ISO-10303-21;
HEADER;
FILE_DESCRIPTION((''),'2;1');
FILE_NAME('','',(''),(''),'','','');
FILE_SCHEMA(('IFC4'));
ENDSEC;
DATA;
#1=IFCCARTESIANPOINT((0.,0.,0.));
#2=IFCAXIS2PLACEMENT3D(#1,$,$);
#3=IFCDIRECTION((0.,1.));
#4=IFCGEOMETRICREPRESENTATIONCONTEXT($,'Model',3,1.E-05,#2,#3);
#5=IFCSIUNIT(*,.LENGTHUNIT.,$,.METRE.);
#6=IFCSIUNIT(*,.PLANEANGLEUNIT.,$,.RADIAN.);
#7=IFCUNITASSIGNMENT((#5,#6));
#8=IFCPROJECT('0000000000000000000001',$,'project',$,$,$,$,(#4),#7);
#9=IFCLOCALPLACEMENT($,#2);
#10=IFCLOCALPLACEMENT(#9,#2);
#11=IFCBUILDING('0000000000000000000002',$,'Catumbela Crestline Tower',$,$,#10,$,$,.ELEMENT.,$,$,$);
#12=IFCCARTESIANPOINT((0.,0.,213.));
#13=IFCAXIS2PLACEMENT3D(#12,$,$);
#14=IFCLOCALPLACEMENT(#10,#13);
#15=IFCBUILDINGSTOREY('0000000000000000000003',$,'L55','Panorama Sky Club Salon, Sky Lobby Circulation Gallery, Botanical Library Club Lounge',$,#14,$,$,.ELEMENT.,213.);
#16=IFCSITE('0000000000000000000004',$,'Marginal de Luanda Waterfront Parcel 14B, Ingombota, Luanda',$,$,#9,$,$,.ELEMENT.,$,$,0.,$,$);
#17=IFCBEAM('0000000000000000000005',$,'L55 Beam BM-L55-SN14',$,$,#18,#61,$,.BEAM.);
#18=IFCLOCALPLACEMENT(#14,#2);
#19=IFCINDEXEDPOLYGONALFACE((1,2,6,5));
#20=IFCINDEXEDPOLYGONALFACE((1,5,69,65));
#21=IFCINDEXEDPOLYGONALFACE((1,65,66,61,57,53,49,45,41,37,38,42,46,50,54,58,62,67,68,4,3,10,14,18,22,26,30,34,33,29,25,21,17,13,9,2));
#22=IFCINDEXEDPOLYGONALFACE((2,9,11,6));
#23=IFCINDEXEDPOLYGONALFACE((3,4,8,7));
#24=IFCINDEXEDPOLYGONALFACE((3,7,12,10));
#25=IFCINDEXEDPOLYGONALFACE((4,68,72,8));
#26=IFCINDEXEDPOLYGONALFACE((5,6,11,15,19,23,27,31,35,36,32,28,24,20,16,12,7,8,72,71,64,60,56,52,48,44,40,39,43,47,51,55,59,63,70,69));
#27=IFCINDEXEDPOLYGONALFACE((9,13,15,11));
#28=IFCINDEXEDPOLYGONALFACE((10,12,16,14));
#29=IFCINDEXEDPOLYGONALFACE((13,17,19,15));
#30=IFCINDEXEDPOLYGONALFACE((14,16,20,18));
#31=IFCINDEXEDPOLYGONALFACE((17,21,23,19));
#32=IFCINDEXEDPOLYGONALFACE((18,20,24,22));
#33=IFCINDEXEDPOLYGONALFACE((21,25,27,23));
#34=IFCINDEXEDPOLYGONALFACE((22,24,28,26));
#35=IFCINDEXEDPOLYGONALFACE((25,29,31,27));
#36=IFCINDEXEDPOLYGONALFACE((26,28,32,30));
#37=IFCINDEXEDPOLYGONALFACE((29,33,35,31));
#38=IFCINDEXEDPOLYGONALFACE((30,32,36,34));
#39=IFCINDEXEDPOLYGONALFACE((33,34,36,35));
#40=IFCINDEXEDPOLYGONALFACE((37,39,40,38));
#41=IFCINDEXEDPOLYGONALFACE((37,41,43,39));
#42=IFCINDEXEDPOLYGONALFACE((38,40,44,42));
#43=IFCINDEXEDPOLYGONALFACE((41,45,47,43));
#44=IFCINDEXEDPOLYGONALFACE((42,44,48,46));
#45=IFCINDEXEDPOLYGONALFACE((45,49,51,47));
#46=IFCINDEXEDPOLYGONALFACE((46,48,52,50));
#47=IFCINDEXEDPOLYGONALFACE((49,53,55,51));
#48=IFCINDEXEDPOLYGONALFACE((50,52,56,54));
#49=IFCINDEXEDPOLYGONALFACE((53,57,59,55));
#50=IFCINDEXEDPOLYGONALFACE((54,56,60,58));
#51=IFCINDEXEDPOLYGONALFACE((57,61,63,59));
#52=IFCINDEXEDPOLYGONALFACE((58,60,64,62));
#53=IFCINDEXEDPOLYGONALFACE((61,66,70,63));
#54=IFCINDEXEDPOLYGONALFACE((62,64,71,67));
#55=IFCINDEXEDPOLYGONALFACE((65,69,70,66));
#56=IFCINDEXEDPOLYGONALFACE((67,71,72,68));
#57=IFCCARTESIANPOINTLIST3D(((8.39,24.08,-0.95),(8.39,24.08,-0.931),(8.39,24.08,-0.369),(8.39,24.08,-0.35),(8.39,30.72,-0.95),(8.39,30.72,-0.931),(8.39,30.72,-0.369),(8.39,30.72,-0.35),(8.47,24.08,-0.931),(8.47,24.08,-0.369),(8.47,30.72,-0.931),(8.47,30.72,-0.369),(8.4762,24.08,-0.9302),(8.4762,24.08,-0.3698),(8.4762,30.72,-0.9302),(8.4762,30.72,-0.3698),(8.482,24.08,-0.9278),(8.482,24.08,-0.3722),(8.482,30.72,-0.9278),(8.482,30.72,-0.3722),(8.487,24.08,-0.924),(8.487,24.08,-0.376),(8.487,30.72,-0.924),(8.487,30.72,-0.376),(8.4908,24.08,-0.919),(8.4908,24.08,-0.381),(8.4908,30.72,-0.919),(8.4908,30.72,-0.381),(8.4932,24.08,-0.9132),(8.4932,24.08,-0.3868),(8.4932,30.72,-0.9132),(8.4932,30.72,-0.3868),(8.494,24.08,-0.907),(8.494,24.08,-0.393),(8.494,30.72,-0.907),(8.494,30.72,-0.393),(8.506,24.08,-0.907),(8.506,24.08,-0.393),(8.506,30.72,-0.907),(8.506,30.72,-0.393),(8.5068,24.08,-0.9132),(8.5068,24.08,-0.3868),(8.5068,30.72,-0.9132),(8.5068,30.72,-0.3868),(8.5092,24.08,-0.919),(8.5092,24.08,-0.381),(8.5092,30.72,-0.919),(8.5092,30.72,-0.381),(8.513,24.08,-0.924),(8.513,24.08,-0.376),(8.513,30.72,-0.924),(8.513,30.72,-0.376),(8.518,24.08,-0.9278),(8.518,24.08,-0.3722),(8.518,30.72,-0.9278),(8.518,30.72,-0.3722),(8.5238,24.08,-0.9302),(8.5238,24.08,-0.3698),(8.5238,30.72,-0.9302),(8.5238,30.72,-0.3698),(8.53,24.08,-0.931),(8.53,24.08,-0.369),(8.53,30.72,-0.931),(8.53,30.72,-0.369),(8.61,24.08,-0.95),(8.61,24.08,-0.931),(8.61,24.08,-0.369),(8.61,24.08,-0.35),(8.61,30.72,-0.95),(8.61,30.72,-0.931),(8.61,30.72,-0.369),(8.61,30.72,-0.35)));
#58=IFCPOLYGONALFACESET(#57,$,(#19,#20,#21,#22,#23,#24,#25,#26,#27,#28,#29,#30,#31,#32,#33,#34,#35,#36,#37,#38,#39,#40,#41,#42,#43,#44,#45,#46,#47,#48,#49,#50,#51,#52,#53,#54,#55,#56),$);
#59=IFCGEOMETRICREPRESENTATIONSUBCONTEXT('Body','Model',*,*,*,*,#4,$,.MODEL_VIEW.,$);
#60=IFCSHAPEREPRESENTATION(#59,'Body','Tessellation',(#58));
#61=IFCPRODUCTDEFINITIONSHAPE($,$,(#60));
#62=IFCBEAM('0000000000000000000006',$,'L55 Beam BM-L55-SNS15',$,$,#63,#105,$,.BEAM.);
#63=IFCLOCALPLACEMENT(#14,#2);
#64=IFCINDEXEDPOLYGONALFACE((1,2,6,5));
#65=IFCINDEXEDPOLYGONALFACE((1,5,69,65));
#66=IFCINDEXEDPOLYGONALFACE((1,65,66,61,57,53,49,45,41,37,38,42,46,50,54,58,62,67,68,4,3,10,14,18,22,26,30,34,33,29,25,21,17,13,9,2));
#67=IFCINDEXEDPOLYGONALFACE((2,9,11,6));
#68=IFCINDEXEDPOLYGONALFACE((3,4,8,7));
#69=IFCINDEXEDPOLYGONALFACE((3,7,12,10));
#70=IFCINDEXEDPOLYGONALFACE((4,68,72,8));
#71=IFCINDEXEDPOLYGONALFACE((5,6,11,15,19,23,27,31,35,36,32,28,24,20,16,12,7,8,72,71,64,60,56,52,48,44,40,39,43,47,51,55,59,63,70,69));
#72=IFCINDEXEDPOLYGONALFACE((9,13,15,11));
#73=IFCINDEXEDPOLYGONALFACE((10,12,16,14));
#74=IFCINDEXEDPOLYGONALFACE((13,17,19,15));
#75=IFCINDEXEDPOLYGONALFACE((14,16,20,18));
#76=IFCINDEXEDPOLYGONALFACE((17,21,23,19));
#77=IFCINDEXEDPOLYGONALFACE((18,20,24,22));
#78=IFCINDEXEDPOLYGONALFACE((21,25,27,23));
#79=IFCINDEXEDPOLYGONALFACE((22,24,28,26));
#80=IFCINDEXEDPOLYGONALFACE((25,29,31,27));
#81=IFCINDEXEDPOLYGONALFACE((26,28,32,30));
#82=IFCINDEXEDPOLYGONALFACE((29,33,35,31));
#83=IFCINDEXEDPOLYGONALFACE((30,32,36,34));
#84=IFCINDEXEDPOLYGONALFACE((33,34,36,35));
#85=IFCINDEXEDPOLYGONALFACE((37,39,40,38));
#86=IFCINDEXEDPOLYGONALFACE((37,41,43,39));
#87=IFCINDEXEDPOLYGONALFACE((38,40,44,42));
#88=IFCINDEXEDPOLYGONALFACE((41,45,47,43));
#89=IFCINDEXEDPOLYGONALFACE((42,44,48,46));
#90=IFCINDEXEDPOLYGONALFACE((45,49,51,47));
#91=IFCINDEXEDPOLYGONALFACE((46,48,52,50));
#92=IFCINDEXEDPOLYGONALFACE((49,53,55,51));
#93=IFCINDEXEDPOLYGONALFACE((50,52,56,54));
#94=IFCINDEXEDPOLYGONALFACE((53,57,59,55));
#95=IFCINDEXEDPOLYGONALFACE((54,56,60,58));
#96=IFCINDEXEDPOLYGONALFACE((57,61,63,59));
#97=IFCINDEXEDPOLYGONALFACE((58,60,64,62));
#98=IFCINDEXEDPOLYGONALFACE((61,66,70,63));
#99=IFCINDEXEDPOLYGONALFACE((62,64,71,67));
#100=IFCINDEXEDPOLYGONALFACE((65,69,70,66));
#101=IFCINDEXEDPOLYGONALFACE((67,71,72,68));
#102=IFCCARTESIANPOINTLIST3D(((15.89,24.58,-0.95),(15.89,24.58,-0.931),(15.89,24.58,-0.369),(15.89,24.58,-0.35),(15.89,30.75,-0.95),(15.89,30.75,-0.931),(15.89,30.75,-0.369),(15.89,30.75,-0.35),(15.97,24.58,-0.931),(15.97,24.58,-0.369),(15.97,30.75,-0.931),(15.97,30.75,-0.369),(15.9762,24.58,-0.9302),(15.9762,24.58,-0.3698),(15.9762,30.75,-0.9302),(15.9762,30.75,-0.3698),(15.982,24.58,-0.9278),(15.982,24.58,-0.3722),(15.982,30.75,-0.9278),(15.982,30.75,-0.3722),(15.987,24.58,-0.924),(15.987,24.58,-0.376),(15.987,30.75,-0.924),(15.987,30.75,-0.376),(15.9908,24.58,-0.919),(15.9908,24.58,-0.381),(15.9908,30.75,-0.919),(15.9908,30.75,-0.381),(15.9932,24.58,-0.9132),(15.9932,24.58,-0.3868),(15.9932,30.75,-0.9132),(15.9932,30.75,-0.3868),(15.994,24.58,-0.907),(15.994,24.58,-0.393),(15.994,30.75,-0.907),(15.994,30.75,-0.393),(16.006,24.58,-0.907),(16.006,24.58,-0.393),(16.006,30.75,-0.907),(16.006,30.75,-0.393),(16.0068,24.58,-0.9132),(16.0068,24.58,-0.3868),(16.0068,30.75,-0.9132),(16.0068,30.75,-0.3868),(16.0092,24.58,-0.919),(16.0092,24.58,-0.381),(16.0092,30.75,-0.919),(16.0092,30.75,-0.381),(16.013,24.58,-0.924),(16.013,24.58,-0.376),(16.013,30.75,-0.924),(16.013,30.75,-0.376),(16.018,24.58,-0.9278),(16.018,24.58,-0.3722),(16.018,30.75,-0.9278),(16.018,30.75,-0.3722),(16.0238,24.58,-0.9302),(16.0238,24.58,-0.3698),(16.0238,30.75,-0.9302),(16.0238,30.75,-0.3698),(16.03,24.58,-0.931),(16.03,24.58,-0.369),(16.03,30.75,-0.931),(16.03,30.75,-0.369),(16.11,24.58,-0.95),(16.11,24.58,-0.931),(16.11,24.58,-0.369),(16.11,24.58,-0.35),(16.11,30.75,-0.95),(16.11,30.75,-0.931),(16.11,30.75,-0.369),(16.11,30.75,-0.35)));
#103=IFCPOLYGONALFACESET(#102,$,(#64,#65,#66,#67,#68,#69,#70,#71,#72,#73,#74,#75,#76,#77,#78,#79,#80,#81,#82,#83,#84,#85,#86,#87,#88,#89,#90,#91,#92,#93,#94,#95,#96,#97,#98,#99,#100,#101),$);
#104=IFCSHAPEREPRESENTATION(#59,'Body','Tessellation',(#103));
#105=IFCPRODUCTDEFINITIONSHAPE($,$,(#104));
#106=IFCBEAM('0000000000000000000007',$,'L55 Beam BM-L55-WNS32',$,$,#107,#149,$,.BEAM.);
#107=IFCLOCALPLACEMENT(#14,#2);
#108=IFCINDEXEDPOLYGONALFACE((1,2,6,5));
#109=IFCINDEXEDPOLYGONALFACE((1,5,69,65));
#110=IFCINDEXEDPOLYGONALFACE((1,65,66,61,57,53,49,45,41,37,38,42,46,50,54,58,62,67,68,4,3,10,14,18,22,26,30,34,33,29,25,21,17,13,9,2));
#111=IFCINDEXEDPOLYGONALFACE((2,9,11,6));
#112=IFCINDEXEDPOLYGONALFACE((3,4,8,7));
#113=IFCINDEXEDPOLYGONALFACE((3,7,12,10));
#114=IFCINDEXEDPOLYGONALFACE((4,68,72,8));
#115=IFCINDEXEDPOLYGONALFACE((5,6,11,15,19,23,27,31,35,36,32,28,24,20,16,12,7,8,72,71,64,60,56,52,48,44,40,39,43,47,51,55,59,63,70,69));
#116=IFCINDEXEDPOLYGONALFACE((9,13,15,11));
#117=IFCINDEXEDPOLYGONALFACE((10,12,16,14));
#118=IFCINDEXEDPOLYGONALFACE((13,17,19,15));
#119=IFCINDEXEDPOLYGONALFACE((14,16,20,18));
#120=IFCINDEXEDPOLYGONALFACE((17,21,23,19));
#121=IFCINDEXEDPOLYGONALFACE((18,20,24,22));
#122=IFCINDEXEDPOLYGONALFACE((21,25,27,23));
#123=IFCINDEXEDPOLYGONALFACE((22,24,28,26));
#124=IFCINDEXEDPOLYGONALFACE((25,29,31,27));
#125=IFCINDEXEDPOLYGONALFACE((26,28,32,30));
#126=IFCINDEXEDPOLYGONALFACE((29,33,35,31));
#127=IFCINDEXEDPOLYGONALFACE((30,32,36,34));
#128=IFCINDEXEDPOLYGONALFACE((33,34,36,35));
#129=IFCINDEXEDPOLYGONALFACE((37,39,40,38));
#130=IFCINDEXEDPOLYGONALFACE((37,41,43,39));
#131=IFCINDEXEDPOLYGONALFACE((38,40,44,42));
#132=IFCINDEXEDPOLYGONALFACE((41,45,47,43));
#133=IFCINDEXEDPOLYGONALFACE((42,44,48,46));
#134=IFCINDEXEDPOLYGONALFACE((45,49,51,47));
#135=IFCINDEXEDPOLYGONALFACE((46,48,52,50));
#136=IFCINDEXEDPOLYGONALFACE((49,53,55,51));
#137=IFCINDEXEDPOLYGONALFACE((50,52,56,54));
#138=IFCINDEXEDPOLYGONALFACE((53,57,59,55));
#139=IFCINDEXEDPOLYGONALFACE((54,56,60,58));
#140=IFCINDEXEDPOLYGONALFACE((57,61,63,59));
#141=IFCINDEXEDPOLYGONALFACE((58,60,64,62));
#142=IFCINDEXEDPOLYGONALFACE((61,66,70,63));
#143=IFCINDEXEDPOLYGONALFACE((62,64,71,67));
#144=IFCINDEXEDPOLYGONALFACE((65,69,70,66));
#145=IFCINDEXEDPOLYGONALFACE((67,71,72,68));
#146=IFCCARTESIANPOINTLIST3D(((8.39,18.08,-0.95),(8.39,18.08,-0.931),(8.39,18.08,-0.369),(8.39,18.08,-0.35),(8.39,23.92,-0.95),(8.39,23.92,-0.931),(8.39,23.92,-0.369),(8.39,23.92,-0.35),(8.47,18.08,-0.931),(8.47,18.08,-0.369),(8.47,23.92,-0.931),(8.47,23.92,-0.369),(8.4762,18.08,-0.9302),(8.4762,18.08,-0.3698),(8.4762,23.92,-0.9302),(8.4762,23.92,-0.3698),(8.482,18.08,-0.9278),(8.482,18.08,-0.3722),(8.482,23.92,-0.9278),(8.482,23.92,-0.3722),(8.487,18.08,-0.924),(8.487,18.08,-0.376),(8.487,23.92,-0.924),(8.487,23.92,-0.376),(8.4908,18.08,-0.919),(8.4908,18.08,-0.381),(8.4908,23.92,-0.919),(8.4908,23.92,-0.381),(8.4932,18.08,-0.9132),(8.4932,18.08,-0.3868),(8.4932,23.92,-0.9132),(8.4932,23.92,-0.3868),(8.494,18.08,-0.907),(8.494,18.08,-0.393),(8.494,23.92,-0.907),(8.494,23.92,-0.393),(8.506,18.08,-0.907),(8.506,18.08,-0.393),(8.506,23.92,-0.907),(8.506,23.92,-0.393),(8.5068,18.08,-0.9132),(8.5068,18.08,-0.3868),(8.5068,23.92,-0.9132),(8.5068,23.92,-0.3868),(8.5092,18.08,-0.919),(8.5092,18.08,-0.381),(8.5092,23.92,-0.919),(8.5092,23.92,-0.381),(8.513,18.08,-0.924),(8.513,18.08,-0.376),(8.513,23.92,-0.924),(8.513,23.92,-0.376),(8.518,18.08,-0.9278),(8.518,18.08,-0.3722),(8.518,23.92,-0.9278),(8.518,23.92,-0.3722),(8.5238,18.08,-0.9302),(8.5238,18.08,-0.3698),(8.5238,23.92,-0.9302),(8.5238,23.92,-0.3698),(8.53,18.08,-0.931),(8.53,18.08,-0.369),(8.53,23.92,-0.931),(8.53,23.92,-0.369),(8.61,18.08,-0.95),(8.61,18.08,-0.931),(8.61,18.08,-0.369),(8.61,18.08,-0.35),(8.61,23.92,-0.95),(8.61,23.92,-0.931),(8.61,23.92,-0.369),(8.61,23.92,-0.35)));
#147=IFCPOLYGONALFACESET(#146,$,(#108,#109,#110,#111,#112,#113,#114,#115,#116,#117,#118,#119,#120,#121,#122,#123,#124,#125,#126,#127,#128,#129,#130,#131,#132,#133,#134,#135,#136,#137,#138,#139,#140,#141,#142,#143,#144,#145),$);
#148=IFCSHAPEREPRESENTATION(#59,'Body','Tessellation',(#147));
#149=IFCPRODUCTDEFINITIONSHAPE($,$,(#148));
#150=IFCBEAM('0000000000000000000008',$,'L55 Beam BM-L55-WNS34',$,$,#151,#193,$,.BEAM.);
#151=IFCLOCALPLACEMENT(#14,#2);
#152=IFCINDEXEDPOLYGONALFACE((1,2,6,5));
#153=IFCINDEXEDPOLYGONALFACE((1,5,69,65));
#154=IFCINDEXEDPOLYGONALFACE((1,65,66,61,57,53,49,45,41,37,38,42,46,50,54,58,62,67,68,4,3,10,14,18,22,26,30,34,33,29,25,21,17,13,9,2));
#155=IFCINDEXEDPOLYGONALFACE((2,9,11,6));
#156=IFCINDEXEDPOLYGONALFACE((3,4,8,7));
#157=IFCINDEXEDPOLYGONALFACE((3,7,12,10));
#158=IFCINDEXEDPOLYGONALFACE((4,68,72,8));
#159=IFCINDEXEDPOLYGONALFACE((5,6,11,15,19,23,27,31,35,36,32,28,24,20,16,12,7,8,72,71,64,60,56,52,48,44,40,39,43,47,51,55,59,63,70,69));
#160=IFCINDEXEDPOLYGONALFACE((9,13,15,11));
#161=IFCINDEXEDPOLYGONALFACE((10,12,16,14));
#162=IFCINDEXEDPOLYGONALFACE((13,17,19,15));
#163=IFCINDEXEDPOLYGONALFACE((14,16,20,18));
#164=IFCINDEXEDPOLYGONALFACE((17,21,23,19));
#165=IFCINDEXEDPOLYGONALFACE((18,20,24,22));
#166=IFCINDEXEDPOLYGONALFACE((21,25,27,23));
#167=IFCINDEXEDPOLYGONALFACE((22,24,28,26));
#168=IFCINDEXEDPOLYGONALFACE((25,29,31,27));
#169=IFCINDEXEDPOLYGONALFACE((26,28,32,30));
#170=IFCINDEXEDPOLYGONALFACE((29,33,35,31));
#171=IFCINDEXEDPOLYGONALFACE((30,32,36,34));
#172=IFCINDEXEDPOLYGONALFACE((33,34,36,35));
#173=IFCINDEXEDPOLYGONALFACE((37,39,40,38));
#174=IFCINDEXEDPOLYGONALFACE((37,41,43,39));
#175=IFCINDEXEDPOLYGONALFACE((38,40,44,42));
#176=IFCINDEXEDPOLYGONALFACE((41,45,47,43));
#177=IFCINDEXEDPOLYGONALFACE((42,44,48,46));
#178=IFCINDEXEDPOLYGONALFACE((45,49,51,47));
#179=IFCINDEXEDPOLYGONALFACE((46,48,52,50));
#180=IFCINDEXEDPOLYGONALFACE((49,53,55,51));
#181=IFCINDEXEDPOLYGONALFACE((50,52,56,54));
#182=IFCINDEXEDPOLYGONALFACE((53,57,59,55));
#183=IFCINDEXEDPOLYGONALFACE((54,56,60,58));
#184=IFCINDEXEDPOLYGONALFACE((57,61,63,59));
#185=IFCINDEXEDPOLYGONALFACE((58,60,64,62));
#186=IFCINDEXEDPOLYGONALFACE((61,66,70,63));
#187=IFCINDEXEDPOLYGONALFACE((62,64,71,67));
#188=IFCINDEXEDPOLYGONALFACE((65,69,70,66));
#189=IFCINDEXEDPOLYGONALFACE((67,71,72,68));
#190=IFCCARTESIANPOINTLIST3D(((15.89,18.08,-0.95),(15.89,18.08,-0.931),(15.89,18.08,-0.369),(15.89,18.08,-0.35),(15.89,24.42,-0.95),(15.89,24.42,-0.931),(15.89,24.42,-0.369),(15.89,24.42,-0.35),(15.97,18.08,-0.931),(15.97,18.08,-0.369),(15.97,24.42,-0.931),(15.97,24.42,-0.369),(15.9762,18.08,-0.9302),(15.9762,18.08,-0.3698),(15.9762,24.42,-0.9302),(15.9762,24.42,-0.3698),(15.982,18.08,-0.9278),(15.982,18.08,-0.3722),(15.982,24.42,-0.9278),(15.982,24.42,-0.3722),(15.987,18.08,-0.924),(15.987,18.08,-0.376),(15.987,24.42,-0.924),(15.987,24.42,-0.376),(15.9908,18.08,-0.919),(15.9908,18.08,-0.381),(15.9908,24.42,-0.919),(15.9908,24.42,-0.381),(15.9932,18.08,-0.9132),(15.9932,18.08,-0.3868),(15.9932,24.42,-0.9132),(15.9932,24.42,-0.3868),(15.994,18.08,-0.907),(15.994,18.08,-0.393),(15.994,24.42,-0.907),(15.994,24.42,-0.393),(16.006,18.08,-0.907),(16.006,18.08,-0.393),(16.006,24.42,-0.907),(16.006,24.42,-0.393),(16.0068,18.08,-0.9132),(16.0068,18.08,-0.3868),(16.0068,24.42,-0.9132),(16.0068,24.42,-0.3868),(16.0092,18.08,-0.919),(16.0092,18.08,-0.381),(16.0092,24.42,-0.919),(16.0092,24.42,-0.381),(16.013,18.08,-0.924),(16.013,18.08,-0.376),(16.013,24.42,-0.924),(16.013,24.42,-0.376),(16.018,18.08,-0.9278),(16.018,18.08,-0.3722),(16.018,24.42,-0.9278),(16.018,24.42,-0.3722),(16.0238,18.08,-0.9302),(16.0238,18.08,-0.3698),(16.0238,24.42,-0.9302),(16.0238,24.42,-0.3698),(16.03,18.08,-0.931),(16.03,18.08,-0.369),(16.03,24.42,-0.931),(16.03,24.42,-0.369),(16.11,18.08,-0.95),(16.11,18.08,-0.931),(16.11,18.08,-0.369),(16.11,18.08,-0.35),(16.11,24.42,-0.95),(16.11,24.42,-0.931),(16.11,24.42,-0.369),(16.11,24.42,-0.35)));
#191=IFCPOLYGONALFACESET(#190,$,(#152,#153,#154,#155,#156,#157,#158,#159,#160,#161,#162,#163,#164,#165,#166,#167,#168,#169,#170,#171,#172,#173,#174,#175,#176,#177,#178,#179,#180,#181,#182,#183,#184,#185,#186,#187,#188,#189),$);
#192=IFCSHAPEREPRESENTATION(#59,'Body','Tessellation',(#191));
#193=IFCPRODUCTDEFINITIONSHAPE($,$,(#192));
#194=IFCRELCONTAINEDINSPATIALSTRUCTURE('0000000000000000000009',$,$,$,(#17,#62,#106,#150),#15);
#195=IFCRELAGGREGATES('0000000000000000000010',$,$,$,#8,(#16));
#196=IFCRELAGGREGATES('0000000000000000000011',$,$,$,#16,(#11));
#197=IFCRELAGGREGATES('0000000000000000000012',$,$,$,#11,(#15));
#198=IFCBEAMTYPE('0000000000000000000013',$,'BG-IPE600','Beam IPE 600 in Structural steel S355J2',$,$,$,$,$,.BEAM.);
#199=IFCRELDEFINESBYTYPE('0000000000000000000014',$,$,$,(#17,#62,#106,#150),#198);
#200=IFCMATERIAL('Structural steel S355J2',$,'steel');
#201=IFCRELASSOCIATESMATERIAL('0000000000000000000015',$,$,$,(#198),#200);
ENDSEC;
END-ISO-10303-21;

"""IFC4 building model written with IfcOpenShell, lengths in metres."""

from ifc_helpers import new_model, si_unit, direction, frame, origin, origin_2d, place, context, subcontext, project, spatial, i_section, extrude, material, material_profile, profile_set, type_object, element, save


model = new_model("IFC4")

# Units and contexts
model_context = context("Model", 3, precision=1e-05, world=origin(), true_north=direction((0.0, 1.0)))
body_context = subcontext(model_context, "Body", "Model", "MODEL_VIEW")
ifc_project = project(units=[si_unit("LENGTHUNIT", "METRE"), si_unit("PLANEANGLEUNIT", "RADIAN")], contexts=[model_context])

# Site, building, storey
site_placement = place(None, origin())
site = spatial("IfcSite", under=ifc_project, at=site_placement, Name="Marginal de Luanda Waterfront Parcel 14B, Ingombota, Luanda", CompositionType="ELEMENT", RefElevation=0.0)
building_placement = place(site_placement, origin())
building = spatial("IfcBuilding", under=site, at=building_placement, Name="Catumbela Crestline Tower", CompositionType="ELEMENT")
storey_placement = place(building_placement, frame((0.0, 0.0, 213.0)))
storey = spatial("IfcBuildingStorey", under=building, at=storey_placement, Name="L55", Description="Panorama Sky Club Salon, Sky Lobby Circulation Gallery, Botanical Library Club Lounge", CompositionType="ELEMENT", Elevation=213.0)

# Shared definitions
ifc_material_1 = material(Name="Structural steel S355J2", Category="steel")

# Beams
ifc_material_profile_1 = material_profile(ifc_material_1, i_section(OverallWidth=0.22, OverallDepth=0.6, WebThickness=0.012, FlangeThickness=0.019, FilletRadius=0.024, at=origin_2d()), Name="IPE 600")
ifc_profile_set_1 = profile_set([ifc_material_profile_1], Name="Structural steel S355J2")
beam_type_1 = type_object("IfcBeamType", Name="BG-IPE600", Description="Beam IPE 600 in Structural steel S355J2", PredefinedType="BEAM", material=ifc_profile_set_1)
beam_1_placement = place(storey_placement, frame((8.5, 24.08, -0.65), z_axis=(0.0, 1.0, 0.0), x_axis=(-1.0, 0.0, 0.0)))
element("IfcBeam", 1, at=beam_1_placement, inside=storey, type_object=beam_type_1, Name="L55 Beam BM-L55-SN14", PredefinedType="BEAM", context=body_context, shape_type="SweptSolid", body=[
    extrude(i_section(OverallWidth=0.22, OverallDepth=0.6, WebThickness=0.012, FlangeThickness=0.019, FilletRadius=0.024, at=origin_2d()), origin(), (0.0, 0.0, 1.0), 6.64),
])
beam_2_placement = place(storey_placement, frame((16.0, 24.58, -0.65), z_axis=(0.0, 1.0, 0.0), x_axis=(-1.0, 0.0, 0.0)))
element("IfcBeam", 2, at=beam_2_placement, inside=storey, type_object=beam_type_1, Name="L55 Beam BM-L55-SNS15", PredefinedType="BEAM", context=body_context, shape_type="SweptSolid", body=[
    extrude(i_section(OverallWidth=0.22, OverallDepth=0.6, WebThickness=0.012, FlangeThickness=0.019, FilletRadius=0.024, at=origin_2d()), origin(), (0.0, 0.0, 1.0), 6.17),
])
beam_3_placement = place(storey_placement, frame((8.5, 18.08, -0.65), z_axis=(0.0, 1.0, 0.0), x_axis=(-1.0, 0.0, 0.0)))
element("IfcBeam", 3, at=beam_3_placement, inside=storey, type_object=beam_type_1, Name="L55 Beam BM-L55-WNS32", PredefinedType="BEAM", context=body_context, shape_type="SweptSolid", body=[
    extrude(i_section(OverallWidth=0.22, OverallDepth=0.6, WebThickness=0.012, FlangeThickness=0.019, FilletRadius=0.024, at=origin_2d()), origin(), (0.0, 0.0, 1.0), 5.84),
])
beam_4_placement = place(storey_placement, frame((16.0, 18.08, -0.65), z_axis=(0.0, 1.0, 0.0), x_axis=(-1.0, 0.0, 0.0)))
element("IfcBeam", 4, at=beam_4_placement, inside=storey, type_object=beam_type_1, Name="L55 Beam BM-L55-WNS34", PredefinedType="BEAM", context=body_context, shape_type="SweptSolid", body=[
    extrude(i_section(OverallWidth=0.22, OverallDepth=0.6, WebThickness=0.012, FlangeThickness=0.019, FilletRadius=0.024, at=origin_2d()), origin(), (0.0, 0.0, 1.0), 6.34),
])

save(model, "model.ifc")
